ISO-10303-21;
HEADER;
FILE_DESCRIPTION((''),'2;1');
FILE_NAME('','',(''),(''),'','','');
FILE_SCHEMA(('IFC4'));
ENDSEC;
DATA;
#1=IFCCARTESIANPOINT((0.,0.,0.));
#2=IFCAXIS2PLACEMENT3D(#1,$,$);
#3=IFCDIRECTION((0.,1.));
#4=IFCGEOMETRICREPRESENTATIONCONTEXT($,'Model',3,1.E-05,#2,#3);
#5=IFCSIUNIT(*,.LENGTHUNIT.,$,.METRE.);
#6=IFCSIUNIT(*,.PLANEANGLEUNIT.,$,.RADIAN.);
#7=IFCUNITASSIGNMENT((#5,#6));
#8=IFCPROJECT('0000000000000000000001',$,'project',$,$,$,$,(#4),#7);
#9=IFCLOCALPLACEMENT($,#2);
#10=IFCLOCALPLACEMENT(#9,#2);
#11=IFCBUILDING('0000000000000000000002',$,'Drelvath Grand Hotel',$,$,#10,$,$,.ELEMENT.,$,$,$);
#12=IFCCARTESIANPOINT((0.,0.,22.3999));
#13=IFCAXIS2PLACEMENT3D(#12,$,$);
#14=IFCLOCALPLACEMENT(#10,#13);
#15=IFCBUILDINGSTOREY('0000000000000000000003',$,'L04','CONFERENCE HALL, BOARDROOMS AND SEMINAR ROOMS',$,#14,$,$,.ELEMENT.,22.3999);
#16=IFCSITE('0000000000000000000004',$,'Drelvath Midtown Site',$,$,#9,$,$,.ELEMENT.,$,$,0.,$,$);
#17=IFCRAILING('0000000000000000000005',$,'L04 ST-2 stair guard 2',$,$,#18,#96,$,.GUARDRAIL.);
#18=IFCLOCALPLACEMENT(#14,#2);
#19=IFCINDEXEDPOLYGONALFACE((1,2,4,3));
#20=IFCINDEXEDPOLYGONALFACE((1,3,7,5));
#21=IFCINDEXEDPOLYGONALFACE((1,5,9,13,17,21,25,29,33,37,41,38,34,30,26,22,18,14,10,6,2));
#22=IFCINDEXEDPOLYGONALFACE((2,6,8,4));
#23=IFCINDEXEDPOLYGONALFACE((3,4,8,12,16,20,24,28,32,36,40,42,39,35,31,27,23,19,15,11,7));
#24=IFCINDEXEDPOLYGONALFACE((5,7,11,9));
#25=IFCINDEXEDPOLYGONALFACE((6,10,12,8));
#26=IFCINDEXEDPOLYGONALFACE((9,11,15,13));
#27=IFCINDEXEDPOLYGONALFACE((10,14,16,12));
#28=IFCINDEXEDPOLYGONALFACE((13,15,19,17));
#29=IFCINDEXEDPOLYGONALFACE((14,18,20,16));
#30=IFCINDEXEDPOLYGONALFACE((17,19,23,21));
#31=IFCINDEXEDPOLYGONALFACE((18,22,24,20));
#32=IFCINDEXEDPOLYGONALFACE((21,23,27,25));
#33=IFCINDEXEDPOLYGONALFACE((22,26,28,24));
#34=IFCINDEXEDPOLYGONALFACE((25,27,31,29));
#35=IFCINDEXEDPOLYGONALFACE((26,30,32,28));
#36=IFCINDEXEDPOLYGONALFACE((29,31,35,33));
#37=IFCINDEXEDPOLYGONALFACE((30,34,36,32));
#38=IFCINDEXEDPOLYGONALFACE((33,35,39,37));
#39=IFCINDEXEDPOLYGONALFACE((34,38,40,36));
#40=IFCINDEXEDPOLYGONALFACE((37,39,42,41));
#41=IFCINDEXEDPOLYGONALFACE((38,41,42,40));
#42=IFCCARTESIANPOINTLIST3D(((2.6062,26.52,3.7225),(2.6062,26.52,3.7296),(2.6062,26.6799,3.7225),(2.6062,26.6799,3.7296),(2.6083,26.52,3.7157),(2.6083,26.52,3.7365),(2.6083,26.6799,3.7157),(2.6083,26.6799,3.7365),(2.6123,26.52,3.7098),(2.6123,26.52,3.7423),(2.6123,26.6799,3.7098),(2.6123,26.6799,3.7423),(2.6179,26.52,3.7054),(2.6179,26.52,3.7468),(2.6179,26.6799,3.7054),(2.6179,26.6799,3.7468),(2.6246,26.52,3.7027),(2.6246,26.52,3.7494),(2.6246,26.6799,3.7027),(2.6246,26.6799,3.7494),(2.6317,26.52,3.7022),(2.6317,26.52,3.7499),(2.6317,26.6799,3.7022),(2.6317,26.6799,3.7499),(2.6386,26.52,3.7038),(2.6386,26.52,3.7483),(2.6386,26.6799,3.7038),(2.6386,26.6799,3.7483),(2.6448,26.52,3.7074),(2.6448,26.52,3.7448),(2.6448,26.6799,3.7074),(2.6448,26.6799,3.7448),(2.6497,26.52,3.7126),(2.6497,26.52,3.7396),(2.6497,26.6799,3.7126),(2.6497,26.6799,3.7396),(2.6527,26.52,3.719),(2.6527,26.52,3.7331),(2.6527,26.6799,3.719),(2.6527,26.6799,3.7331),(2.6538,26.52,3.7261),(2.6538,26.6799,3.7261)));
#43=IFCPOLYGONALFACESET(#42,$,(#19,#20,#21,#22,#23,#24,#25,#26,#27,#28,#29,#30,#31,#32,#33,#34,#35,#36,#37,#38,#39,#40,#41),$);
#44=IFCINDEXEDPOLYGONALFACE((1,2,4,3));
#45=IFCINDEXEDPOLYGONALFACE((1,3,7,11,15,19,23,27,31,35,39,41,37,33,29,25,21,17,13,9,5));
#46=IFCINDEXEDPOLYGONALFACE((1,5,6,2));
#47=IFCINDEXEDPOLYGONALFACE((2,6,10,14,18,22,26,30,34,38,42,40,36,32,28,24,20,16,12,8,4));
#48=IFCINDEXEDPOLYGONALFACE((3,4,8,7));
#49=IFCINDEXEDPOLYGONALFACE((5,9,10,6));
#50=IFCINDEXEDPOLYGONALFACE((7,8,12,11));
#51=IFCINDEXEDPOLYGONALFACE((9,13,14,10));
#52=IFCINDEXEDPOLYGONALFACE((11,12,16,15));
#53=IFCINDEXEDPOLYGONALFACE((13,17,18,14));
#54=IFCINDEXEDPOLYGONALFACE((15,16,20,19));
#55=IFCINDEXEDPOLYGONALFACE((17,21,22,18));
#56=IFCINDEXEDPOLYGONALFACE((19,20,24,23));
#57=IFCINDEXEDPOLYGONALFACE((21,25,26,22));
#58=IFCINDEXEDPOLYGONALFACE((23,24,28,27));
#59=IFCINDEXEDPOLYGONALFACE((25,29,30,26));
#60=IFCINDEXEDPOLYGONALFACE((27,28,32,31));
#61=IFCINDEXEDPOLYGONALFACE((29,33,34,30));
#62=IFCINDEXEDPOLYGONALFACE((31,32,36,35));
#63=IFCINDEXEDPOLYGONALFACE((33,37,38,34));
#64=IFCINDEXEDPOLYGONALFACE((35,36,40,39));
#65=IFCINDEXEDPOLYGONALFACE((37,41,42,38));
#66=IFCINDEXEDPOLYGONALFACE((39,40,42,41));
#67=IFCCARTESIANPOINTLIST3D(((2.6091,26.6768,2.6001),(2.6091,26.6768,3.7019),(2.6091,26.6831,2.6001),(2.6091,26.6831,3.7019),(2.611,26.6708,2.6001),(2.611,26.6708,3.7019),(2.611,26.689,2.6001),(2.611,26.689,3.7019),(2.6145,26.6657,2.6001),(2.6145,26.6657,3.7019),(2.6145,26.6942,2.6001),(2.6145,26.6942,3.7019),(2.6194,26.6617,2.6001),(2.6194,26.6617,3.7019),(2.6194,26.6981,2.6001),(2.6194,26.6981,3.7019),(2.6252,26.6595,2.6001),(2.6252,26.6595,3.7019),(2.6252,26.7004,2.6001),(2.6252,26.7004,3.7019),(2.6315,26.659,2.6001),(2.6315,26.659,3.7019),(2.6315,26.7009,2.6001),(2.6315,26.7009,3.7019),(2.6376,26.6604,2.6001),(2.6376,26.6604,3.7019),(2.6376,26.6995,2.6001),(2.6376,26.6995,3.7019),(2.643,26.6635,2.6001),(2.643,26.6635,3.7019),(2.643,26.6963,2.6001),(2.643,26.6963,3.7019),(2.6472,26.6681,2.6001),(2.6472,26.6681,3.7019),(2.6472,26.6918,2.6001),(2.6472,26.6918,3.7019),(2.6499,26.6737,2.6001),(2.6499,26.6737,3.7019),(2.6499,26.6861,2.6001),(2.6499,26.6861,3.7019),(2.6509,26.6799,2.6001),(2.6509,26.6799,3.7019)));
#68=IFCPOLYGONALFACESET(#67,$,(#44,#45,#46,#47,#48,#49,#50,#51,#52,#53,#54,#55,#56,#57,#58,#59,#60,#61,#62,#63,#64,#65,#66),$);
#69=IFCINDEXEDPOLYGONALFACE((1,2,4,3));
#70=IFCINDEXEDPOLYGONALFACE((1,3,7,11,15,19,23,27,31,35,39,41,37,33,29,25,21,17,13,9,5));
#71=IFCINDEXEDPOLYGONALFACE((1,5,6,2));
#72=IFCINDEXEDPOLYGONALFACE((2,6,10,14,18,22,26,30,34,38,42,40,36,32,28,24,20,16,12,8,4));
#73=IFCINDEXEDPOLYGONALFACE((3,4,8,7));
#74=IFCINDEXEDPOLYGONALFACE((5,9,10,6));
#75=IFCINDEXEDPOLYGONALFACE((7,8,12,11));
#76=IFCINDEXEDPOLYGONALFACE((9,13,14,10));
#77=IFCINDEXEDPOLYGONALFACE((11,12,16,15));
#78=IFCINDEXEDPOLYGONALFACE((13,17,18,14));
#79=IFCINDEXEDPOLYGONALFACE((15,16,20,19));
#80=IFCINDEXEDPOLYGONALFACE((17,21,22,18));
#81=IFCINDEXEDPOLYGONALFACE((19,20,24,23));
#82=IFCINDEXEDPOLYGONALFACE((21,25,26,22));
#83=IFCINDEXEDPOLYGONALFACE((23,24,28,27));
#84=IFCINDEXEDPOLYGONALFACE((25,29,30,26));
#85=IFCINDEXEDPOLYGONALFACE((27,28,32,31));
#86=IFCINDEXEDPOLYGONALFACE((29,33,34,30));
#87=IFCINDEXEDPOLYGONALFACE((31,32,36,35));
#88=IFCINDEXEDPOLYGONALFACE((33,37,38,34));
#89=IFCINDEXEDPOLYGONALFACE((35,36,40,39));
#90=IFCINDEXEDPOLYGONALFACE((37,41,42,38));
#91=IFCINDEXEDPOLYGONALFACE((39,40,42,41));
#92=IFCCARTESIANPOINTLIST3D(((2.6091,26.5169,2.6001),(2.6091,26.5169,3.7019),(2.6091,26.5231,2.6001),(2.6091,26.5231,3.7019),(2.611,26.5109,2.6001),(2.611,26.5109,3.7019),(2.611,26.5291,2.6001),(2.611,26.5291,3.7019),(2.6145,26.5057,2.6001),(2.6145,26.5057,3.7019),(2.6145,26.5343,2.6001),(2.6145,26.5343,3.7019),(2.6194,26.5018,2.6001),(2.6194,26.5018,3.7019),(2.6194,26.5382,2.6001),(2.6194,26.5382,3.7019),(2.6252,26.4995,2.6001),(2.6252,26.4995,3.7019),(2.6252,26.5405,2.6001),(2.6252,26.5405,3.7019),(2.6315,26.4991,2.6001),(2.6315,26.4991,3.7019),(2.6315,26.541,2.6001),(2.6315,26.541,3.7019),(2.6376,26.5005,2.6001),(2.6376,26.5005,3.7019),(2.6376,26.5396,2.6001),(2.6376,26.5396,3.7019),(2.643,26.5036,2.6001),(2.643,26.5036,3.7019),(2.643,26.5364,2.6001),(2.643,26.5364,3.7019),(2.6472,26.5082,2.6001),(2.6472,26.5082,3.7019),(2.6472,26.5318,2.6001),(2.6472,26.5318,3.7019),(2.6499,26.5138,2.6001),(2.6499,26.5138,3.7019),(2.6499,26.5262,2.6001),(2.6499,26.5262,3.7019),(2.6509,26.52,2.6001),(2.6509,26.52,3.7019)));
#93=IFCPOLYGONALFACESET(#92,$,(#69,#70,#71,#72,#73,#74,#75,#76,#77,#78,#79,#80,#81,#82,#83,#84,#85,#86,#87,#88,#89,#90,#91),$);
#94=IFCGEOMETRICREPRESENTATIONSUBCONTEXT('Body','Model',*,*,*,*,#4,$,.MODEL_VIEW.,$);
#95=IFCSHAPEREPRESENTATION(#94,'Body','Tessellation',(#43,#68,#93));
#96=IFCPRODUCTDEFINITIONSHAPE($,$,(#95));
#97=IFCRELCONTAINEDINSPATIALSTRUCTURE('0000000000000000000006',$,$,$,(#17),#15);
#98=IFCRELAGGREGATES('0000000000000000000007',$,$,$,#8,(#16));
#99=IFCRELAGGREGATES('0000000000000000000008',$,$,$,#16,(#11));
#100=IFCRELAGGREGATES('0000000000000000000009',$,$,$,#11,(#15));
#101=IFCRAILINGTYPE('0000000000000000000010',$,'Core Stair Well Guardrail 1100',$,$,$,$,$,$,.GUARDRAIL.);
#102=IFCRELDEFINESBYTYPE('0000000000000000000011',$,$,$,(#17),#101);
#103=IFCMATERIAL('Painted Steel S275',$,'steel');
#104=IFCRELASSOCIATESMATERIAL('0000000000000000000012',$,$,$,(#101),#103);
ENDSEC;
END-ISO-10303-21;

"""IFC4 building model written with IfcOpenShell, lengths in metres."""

from ifc_helpers import new_model, si_unit, direction, frame, origin, origin_2d, place, context, subcontext, project, spatial, circle, extrude, material, type_object, element, save


model = new_model("IFC4")

# Units and contexts
model_context = context("Model", 3, precision=1e-05, world=origin(), true_north=direction((0.0, 1.0)))
body_context = subcontext(model_context, "Body", "Model", "MODEL_VIEW")
ifc_project = project(units=[si_unit("LENGTHUNIT", "METRE"), si_unit("PLANEANGLEUNIT", "RADIAN")], contexts=[model_context])

# Site, building, storey
site_placement = place(None, origin())
site = spatial("IfcSite", under=ifc_project, at=site_placement, Name="Drelvath Midtown Site", CompositionType="ELEMENT", RefElevation=0.0)
building_placement = place(site_placement, origin())
building = spatial("IfcBuilding", under=site, at=building_placement, Name="Drelvath Grand Hotel", CompositionType="ELEMENT")
storey_placement = place(building_placement, frame((0.0, 0.0, 22.3999)))
storey = spatial("IfcBuildingStorey", under=building, at=storey_placement, Name="L04", Description="CONFERENCE HALL, BOARDROOMS AND SEMINAR ROOMS", CompositionType="ELEMENT", Elevation=22.3999)

# Shared definitions
ifc_material_1 = material(Name="Painted Steel S275", Category="steel")

# Railing
railing_type_1 = type_object("IfcRailingType", Name="Core Stair Well Guardrail 1100", PredefinedType="GUARDRAIL", material=ifc_material_1)
railing_1_placement = place(storey_placement, frame((2.6299, 26.6799, 2.6001)))
element("IfcRailing", 1, at=railing_1_placement, inside=storey, type_object=railing_type_1, Name="L04 ST-2 stair guard 2", PredefinedType="GUARDRAIL", context=body_context, shape_type="SweptSolid", body=[
    extrude(circle(Radius=0.0239, at=origin_2d()), frame((0.0, 0.0, 1.126), z_axis=(0.0, -1.0, 0.0), x_axis=(1.0, 0.0, 0.0)), (0.0, 0.0, 1.0), 0.1599),
    extrude(circle(Radius=0.021, at=origin_2d()), origin(), (0.0, 0.0, 1.0), 1.1018),
    extrude(circle(Radius=0.021, at=origin_2d()), frame((0.0, -0.1599, 0.0)), (0.0, 0.0, 1.0), 1.1018),
])

save(model, "model.ifc")
